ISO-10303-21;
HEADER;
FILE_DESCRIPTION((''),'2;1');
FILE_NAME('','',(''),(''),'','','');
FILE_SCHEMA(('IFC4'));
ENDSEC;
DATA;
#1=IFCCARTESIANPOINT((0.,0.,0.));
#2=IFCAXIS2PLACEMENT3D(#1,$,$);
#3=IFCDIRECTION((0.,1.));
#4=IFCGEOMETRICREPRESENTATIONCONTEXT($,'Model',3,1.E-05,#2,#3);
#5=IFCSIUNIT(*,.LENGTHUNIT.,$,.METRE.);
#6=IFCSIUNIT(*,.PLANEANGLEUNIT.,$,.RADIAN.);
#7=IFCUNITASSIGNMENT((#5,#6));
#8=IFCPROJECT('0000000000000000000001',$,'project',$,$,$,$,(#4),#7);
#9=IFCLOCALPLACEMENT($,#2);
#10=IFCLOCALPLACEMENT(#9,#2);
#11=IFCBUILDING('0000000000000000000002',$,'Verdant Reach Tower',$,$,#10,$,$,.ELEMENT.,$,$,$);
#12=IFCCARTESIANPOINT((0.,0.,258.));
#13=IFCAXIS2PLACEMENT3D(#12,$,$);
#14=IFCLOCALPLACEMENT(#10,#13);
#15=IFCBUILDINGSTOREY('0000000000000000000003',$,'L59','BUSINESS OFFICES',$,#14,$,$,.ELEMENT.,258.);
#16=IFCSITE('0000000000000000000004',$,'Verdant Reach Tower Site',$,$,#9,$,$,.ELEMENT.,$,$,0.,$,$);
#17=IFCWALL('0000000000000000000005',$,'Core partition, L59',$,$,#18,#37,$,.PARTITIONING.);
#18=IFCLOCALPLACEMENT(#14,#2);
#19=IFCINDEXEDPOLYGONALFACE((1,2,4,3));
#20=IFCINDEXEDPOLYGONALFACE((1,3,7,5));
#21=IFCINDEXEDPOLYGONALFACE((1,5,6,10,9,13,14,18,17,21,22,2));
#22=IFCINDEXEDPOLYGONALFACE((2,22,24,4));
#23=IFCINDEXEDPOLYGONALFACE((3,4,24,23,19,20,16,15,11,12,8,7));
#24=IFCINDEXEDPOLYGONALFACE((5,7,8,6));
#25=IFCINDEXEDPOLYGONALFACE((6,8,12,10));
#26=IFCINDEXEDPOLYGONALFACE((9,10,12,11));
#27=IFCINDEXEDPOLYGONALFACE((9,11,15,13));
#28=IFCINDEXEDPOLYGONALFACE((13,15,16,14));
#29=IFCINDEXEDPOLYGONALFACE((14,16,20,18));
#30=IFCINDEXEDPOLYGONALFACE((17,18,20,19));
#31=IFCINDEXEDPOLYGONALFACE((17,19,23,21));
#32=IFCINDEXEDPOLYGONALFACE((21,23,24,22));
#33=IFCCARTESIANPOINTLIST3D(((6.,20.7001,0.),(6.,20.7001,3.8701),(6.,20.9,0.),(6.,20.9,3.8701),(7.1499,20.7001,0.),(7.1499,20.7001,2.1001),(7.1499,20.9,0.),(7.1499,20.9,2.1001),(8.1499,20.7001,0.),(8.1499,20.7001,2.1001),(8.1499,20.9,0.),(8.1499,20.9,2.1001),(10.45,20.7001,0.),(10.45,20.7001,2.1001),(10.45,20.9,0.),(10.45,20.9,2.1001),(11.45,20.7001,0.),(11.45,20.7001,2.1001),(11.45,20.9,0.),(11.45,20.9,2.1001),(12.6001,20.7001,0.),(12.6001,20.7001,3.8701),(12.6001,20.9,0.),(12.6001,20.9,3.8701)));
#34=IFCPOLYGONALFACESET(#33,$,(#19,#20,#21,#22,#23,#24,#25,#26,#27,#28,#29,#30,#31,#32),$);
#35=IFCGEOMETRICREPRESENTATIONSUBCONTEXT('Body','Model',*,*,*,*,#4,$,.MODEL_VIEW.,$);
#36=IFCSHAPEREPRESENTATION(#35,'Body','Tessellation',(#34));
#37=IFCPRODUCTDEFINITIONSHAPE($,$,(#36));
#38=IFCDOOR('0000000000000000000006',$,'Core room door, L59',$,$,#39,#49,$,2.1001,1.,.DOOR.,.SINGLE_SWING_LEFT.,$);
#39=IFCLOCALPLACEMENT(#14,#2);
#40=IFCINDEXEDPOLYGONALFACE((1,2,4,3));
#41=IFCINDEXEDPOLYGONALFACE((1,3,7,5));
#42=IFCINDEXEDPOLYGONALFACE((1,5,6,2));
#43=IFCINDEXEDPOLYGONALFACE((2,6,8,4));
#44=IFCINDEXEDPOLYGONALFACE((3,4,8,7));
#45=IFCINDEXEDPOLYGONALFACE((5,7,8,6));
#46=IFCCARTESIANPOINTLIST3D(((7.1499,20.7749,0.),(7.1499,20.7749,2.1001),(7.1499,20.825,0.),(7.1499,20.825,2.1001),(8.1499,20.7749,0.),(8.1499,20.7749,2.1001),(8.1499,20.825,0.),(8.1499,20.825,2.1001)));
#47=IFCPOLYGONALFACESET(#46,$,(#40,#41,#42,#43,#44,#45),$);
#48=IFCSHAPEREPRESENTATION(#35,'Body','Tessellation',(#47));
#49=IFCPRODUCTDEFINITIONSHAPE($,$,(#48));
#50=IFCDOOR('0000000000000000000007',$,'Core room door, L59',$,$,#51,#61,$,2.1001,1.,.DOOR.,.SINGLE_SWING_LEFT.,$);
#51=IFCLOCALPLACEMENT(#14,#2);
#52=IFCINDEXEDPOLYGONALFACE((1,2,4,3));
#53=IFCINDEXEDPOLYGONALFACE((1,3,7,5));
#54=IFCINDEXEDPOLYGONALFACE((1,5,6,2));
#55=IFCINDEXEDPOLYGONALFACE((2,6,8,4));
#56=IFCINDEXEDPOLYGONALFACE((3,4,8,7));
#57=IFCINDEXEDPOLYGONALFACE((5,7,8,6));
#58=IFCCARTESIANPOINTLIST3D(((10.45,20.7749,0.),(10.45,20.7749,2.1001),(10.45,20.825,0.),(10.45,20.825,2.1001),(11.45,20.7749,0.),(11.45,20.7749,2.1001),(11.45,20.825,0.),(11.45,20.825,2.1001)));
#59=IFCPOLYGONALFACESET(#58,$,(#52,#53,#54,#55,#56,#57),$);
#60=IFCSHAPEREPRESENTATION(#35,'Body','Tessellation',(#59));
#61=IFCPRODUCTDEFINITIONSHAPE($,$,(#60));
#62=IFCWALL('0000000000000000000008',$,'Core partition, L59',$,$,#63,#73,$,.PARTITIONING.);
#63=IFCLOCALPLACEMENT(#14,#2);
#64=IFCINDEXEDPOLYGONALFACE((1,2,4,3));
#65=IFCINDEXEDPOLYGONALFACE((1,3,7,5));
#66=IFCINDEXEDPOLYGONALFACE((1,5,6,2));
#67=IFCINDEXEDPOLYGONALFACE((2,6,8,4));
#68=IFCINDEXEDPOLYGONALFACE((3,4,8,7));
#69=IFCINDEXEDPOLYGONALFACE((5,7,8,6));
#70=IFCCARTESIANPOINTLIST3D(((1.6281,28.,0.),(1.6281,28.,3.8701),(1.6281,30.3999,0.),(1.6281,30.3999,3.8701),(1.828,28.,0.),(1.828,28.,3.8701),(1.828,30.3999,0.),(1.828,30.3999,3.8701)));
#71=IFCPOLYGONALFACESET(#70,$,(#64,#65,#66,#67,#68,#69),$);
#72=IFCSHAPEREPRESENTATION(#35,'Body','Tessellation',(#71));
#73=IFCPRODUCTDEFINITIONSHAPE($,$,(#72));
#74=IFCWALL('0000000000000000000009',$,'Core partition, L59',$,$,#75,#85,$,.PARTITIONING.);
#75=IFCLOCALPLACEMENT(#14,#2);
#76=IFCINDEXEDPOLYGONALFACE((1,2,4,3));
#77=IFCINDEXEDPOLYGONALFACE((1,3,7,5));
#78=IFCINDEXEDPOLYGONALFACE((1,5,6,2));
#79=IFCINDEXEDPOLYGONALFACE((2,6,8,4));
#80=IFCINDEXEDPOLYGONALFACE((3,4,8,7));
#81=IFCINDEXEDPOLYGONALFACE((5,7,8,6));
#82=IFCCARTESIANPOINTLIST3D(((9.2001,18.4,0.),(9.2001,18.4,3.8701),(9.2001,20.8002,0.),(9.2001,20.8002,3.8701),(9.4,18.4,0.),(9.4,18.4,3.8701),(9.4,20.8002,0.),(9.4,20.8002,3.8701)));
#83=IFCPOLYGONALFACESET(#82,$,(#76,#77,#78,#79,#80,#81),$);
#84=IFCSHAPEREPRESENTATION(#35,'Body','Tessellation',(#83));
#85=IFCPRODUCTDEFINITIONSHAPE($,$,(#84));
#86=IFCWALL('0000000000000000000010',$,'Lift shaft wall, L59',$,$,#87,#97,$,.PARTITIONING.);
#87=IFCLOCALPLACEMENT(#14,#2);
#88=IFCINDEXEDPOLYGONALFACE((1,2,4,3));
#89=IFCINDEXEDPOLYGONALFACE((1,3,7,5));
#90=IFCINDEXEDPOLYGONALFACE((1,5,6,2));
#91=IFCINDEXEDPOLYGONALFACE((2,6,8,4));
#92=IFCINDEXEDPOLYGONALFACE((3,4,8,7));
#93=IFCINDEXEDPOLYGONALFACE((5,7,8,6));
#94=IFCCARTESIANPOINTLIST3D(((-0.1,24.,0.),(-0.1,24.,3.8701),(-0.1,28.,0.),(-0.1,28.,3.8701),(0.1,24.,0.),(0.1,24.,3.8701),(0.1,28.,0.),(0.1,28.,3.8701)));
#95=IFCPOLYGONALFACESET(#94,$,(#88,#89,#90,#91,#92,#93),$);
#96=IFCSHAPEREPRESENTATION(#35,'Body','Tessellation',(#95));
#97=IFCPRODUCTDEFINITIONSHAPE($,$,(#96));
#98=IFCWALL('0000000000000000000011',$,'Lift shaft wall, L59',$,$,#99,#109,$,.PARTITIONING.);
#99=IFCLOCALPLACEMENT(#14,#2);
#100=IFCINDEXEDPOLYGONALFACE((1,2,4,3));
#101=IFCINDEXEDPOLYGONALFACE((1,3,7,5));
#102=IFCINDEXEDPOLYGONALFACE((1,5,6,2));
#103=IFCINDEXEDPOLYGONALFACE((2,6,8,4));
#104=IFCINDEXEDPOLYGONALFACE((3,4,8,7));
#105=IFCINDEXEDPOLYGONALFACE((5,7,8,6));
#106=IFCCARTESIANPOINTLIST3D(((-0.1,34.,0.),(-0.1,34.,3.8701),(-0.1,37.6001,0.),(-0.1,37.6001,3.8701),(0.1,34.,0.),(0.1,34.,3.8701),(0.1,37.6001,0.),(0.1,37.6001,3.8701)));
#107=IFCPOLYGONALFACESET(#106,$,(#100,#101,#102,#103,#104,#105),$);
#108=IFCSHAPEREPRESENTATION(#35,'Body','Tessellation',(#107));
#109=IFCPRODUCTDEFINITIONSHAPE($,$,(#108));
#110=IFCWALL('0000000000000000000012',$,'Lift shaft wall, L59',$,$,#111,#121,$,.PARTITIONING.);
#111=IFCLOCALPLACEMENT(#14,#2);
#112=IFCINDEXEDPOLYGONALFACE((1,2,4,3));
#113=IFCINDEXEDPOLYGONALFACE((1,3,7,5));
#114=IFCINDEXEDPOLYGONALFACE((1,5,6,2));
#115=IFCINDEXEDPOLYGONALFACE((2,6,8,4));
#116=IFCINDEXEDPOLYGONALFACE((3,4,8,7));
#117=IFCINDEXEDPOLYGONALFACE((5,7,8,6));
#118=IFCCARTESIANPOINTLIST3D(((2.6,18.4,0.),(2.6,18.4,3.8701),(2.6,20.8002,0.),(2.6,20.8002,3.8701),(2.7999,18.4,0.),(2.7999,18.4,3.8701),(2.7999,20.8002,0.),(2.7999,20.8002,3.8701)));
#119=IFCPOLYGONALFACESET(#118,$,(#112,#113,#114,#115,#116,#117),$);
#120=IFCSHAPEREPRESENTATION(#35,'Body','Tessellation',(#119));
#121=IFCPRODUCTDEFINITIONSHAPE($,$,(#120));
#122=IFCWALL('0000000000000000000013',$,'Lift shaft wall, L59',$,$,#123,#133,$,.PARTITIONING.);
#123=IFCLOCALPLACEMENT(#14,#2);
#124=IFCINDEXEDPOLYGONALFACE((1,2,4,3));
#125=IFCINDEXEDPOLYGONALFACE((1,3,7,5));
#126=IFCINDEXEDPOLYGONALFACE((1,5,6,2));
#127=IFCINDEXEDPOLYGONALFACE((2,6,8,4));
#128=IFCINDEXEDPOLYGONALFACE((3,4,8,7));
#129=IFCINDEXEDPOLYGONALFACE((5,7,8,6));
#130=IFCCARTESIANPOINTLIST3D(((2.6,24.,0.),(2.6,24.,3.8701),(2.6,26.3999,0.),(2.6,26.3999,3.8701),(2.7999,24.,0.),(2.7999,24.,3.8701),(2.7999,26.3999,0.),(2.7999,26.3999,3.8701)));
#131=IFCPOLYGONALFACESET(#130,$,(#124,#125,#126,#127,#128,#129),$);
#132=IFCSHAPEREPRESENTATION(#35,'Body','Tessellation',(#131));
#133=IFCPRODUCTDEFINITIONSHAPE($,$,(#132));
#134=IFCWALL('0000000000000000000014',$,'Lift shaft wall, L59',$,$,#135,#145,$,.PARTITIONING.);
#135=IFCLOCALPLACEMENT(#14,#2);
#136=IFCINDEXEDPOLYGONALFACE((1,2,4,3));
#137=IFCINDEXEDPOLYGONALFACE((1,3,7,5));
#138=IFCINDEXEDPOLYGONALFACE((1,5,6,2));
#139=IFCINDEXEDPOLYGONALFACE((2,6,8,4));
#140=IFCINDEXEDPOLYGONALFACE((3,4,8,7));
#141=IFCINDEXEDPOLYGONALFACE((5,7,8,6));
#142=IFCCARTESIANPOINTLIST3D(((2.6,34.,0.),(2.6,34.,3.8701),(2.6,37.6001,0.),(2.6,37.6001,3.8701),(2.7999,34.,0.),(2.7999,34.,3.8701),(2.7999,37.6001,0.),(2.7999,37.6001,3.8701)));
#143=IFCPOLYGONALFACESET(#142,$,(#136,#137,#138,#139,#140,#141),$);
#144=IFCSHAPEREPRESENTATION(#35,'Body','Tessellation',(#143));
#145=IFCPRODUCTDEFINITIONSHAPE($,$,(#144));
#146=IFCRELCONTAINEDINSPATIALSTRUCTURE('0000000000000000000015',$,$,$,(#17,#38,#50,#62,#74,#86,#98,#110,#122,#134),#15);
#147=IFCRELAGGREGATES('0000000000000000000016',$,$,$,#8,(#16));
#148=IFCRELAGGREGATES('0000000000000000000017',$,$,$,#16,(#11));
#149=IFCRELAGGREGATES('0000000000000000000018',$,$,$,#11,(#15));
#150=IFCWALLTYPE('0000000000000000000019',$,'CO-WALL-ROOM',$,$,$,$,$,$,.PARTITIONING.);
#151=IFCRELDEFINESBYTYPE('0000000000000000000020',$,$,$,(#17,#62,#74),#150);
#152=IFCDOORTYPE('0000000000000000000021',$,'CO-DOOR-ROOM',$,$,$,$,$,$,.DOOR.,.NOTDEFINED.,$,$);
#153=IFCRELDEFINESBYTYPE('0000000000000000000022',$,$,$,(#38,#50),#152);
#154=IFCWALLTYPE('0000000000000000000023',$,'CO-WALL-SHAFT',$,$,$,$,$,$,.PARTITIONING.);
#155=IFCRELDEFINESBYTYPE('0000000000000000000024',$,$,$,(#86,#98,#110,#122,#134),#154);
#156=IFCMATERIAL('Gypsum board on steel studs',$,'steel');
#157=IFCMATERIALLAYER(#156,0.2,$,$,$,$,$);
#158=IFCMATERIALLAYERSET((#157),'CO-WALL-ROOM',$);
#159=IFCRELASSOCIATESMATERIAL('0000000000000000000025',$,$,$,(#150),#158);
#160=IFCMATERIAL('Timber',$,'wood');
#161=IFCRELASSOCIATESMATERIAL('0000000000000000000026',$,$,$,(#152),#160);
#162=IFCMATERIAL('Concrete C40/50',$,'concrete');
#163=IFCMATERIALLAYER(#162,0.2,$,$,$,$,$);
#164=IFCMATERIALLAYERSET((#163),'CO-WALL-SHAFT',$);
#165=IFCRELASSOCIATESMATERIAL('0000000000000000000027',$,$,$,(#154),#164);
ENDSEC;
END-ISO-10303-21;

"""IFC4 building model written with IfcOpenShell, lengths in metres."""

from ifc_helpers import new_model, si_unit, direction, frame, frame_2d, origin, place, context, subcontext, project, spatial, rectangle, extrude, material, layer, layer_set, type_object, element, fill, save


model = new_model("IFC4")

# Units and contexts
model_context = context("Model", 3, precision=1e-05, world=origin(), true_north=direction((0.0, 1.0)))
body_context = subcontext(model_context, "Body", "Model", "MODEL_VIEW")
ifc_project = project(units=[si_unit("LENGTHUNIT", "METRE"), si_unit("PLANEANGLEUNIT", "RADIAN")], contexts=[model_context])

# Site, building, storey
site_placement = place(None, origin())
site = spatial("IfcSite", under=ifc_project, at=site_placement, Name="Verdant Reach Tower Site", CompositionType="ELEMENT", RefElevation=0.0)
building_placement = place(site_placement, origin())
building = spatial("IfcBuilding", under=site, at=building_placement, Name="Verdant Reach Tower", CompositionType="ELEMENT")
storey_placement = place(building_placement, frame((0.0, 0.0, 258.0)))
storey = spatial("IfcBuildingStorey", under=building, at=storey_placement, Name="L59", Description="BUSINESS OFFICES", CompositionType="ELEMENT", Elevation=258.0)

# Wall, openings, doors
ifc_material_1 = material(Name="Gypsum board on steel studs", Category="steel")
ifc_layer_1 = layer(ifc_material_1, 0.2)
ifc_layer_set_1 = layer_set([ifc_layer_1], Name="CO-WALL-ROOM")
wall_type_1 = type_object("IfcWallType", Name="CO-WALL-ROOM", PredefinedType="PARTITIONING", material=ifc_layer_set_1)
wall_1_placement = place(storey_placement, frame((6.0, 20.8, 0.0), z_axis=(0.0, 0.0, 1.0), x_axis=(1.0, 0.0, 0.0)))
wall_1 = element("IfcWall", 1, at=wall_1_placement, inside=storey, type_object=wall_type_1, Name="Core partition, L59", PredefinedType="PARTITIONING", context=body_context, shape_type="SweptSolid", body=[
    extrude(rectangle(XDim=6.6001, YDim=0.2, at=frame_2d((3.3, 0.0))), origin(), (0.0, 0.0, 1.0), 3.8701),
])
opening_1_placement = place(wall_1_placement, frame((1.1499, 0.0, 0.0)))
opening_1 = element("IfcOpeningElement", 2, at=opening_1_placement, cuts=wall_1, PredefinedType="OPENING", context=body_context, shape_type="SweptSolid", body=[
    extrude(rectangle(XDim=1.0, YDim=2.1001, at=frame_2d((0.5, 1.05))), frame((0.0, 0.1099, 0.0), z_axis=(0.0, -1.0, 0.0), x_axis=(1.0, 0.0, 0.0)), (0.0, 0.0, 1.0), 0.22),
])
opening_2_placement = place(wall_1_placement, frame((4.45, 0.0, 0.0)))
opening_2 = element("IfcOpeningElement", 3, at=opening_2_placement, cuts=wall_1, PredefinedType="OPENING", context=body_context, shape_type="SweptSolid", body=[
    extrude(rectangle(XDim=1.0, YDim=2.1001, at=frame_2d((0.5, 1.05))), frame((0.0, 0.1099, 0.0), z_axis=(0.0, -1.0, 0.0), x_axis=(1.0, 0.0, 0.0)), (0.0, 0.0, 1.0), 0.22),
])
ifc_material_2 = material(Name="Timber", Category="wood")
door_type_1 = type_object("IfcDoorType", Name="CO-DOOR-ROOM", OperationType="NOTDEFINED", PredefinedType="DOOR", material=ifc_material_2)
door_1_placement = place(opening_1_placement, origin())
door_1 = element("IfcDoor", 4, at=door_1_placement, inside=storey, type_object=door_type_1, Name="Core room door, L59", OperationType="SINGLE_SWING_LEFT", OverallHeight=2.1001, OverallWidth=1.0, PredefinedType="DOOR", context=body_context, shape_type="SweptSolid", body=[
    extrude(rectangle(XDim=1.0, YDim=2.1001, at=frame_2d((0.5, 1.05))), frame((0.0, 0.0249, 0.0), z_axis=(0.0, -1.0, 0.0), x_axis=(1.0, 0.0, 0.0)), (0.0, 0.0, 1.0), 0.05),
])
fill(opening_1, door_1)
door_2_placement = place(opening_2_placement, origin())
door_2 = element("IfcDoor", 5, at=door_2_placement, inside=storey, type_object=door_type_1, Name="Core room door, L59", OperationType="SINGLE_SWING_LEFT", OverallHeight=2.1001, OverallWidth=1.0, PredefinedType="DOOR", context=body_context, shape_type="SweptSolid", body=[
    extrude(rectangle(XDim=1.0, YDim=2.1001, at=frame_2d((0.5, 1.05))), frame((0.0, 0.0249, 0.0), z_axis=(0.0, -1.0, 0.0), x_axis=(1.0, 0.0, 0.0)), (0.0, 0.0, 1.0), 0.05),
])
fill(opening_2, door_2)

# Walls
wall_2_placement = place(storey_placement, frame((1.728, 28.0, 0.0), z_axis=(0.0, 0.0, 1.0), x_axis=(0.0, 1.0, 0.0)))
element("IfcWall", 6, at=wall_2_placement, inside=storey, type_object=wall_type_1, Name="Core partition, L59", PredefinedType="PARTITIONING", context=body_context, shape_type="SweptSolid", body=[
    extrude(rectangle(XDim=2.3999, YDim=0.2, at=frame_2d((1.2, 0.0))), origin(), (0.0, 0.0, 1.0), 3.8701),
])
wall_3_placement = place(storey_placement, frame((9.3, 18.3999, 0.0), z_axis=(0.0, 0.0, 1.0), x_axis=(0.0, 1.0, 0.0)))
element("IfcWall", 7, at=wall_3_placement, inside=storey, type_object=wall_type_1, Name="Core partition, L59", PredefinedType="PARTITIONING", context=body_context, shape_type="SweptSolid", body=[
    extrude(rectangle(XDim=2.4001, YDim=0.2, at=frame_2d((1.2002, 0.0))), origin(), (0.0, 0.0, 1.0), 3.8701),
])
ifc_material_3 = material(Name="Concrete C40/50", Category="concrete")
ifc_layer_2 = layer(ifc_material_3, 0.2)
ifc_layer_set_2 = layer_set([ifc_layer_2], Name="CO-WALL-SHAFT")
wall_type_2 = type_object("IfcWallType", Name="CO-WALL-SHAFT", PredefinedType="PARTITIONING", material=ifc_layer_set_2)
wall_4_placement = place(storey_placement, frame((0.0, 24.0, 0.0), z_axis=(0.0, 0.0, 1.0), x_axis=(0.0, 1.0, 0.0)))
element("IfcWall", 8, at=wall_4_placement, inside=storey, type_object=wall_type_2, Name="Lift shaft wall, L59", PredefinedType="PARTITIONING", context=body_context, shape_type="SweptSolid", body=[
    extrude(rectangle(XDim=4.0, YDim=0.2, at=frame_2d((2.0, 0.0))), origin(), (0.0, 0.0, 1.0), 3.8701),
])
wall_5_placement = place(storey_placement, frame((0.0, 34.0, 0.0), z_axis=(0.0, 0.0, 1.0), x_axis=(0.0, 1.0, 0.0)))
element("IfcWall", 9, at=wall_5_placement, inside=storey, type_object=wall_type_2, Name="Lift shaft wall, L59", PredefinedType="PARTITIONING", context=body_context, shape_type="SweptSolid", body=[
    extrude(rectangle(XDim=3.6001, YDim=0.2, at=frame_2d((1.8, 0.0))), origin(), (0.0, 0.0, 1.0), 3.8701),
])
wall_6_placement = place(storey_placement, frame((2.7, 18.3999, 0.0), z_axis=(0.0, 0.0, 1.0), x_axis=(0.0, 1.0, 0.0)))
element("IfcWall", 10, at=wall_6_placement, inside=storey, type_object=wall_type_2, Name="Lift shaft wall, L59", PredefinedType="PARTITIONING", context=body_context, shape_type="SweptSolid", body=[
    extrude(rectangle(XDim=2.4001, YDim=0.2, at=frame_2d((1.2002, 0.0))), origin(), (0.0, 0.0, 1.0), 3.8701),
])
wall_7_placement = place(storey_placement, frame((2.7, 24.0, 0.0), z_axis=(0.0, 0.0, 1.0), x_axis=(0.0, 1.0, 0.0)))
element("IfcWall", 11, at=wall_7_placement, inside=storey, type_object=wall_type_2, Name="Lift shaft wall, L59", PredefinedType="PARTITIONING", context=body_context, shape_type="SweptSolid", body=[
    extrude(rectangle(XDim=2.3999, YDim=0.2, at=frame_2d((1.2, 0.0))), origin(), (0.0, 0.0, 1.0), 3.8701),
])
wall_8_placement = place(storey_placement, frame((2.7, 34.0, 0.0), z_axis=(0.0, 0.0, 1.0), x_axis=(0.0, 1.0, 0.0)))
element("IfcWall", 12, at=wall_8_placement, inside=storey, type_object=wall_type_2, Name="Lift shaft wall, L59", PredefinedType="PARTITIONING", context=body_context, shape_type="SweptSolid", body=[
    extrude(rectangle(XDim=3.6001, YDim=0.2, at=frame_2d((1.8, 0.0))), origin(), (0.0, 0.0, 1.0), 3.8701),
])

save(model, "model.ifc")
